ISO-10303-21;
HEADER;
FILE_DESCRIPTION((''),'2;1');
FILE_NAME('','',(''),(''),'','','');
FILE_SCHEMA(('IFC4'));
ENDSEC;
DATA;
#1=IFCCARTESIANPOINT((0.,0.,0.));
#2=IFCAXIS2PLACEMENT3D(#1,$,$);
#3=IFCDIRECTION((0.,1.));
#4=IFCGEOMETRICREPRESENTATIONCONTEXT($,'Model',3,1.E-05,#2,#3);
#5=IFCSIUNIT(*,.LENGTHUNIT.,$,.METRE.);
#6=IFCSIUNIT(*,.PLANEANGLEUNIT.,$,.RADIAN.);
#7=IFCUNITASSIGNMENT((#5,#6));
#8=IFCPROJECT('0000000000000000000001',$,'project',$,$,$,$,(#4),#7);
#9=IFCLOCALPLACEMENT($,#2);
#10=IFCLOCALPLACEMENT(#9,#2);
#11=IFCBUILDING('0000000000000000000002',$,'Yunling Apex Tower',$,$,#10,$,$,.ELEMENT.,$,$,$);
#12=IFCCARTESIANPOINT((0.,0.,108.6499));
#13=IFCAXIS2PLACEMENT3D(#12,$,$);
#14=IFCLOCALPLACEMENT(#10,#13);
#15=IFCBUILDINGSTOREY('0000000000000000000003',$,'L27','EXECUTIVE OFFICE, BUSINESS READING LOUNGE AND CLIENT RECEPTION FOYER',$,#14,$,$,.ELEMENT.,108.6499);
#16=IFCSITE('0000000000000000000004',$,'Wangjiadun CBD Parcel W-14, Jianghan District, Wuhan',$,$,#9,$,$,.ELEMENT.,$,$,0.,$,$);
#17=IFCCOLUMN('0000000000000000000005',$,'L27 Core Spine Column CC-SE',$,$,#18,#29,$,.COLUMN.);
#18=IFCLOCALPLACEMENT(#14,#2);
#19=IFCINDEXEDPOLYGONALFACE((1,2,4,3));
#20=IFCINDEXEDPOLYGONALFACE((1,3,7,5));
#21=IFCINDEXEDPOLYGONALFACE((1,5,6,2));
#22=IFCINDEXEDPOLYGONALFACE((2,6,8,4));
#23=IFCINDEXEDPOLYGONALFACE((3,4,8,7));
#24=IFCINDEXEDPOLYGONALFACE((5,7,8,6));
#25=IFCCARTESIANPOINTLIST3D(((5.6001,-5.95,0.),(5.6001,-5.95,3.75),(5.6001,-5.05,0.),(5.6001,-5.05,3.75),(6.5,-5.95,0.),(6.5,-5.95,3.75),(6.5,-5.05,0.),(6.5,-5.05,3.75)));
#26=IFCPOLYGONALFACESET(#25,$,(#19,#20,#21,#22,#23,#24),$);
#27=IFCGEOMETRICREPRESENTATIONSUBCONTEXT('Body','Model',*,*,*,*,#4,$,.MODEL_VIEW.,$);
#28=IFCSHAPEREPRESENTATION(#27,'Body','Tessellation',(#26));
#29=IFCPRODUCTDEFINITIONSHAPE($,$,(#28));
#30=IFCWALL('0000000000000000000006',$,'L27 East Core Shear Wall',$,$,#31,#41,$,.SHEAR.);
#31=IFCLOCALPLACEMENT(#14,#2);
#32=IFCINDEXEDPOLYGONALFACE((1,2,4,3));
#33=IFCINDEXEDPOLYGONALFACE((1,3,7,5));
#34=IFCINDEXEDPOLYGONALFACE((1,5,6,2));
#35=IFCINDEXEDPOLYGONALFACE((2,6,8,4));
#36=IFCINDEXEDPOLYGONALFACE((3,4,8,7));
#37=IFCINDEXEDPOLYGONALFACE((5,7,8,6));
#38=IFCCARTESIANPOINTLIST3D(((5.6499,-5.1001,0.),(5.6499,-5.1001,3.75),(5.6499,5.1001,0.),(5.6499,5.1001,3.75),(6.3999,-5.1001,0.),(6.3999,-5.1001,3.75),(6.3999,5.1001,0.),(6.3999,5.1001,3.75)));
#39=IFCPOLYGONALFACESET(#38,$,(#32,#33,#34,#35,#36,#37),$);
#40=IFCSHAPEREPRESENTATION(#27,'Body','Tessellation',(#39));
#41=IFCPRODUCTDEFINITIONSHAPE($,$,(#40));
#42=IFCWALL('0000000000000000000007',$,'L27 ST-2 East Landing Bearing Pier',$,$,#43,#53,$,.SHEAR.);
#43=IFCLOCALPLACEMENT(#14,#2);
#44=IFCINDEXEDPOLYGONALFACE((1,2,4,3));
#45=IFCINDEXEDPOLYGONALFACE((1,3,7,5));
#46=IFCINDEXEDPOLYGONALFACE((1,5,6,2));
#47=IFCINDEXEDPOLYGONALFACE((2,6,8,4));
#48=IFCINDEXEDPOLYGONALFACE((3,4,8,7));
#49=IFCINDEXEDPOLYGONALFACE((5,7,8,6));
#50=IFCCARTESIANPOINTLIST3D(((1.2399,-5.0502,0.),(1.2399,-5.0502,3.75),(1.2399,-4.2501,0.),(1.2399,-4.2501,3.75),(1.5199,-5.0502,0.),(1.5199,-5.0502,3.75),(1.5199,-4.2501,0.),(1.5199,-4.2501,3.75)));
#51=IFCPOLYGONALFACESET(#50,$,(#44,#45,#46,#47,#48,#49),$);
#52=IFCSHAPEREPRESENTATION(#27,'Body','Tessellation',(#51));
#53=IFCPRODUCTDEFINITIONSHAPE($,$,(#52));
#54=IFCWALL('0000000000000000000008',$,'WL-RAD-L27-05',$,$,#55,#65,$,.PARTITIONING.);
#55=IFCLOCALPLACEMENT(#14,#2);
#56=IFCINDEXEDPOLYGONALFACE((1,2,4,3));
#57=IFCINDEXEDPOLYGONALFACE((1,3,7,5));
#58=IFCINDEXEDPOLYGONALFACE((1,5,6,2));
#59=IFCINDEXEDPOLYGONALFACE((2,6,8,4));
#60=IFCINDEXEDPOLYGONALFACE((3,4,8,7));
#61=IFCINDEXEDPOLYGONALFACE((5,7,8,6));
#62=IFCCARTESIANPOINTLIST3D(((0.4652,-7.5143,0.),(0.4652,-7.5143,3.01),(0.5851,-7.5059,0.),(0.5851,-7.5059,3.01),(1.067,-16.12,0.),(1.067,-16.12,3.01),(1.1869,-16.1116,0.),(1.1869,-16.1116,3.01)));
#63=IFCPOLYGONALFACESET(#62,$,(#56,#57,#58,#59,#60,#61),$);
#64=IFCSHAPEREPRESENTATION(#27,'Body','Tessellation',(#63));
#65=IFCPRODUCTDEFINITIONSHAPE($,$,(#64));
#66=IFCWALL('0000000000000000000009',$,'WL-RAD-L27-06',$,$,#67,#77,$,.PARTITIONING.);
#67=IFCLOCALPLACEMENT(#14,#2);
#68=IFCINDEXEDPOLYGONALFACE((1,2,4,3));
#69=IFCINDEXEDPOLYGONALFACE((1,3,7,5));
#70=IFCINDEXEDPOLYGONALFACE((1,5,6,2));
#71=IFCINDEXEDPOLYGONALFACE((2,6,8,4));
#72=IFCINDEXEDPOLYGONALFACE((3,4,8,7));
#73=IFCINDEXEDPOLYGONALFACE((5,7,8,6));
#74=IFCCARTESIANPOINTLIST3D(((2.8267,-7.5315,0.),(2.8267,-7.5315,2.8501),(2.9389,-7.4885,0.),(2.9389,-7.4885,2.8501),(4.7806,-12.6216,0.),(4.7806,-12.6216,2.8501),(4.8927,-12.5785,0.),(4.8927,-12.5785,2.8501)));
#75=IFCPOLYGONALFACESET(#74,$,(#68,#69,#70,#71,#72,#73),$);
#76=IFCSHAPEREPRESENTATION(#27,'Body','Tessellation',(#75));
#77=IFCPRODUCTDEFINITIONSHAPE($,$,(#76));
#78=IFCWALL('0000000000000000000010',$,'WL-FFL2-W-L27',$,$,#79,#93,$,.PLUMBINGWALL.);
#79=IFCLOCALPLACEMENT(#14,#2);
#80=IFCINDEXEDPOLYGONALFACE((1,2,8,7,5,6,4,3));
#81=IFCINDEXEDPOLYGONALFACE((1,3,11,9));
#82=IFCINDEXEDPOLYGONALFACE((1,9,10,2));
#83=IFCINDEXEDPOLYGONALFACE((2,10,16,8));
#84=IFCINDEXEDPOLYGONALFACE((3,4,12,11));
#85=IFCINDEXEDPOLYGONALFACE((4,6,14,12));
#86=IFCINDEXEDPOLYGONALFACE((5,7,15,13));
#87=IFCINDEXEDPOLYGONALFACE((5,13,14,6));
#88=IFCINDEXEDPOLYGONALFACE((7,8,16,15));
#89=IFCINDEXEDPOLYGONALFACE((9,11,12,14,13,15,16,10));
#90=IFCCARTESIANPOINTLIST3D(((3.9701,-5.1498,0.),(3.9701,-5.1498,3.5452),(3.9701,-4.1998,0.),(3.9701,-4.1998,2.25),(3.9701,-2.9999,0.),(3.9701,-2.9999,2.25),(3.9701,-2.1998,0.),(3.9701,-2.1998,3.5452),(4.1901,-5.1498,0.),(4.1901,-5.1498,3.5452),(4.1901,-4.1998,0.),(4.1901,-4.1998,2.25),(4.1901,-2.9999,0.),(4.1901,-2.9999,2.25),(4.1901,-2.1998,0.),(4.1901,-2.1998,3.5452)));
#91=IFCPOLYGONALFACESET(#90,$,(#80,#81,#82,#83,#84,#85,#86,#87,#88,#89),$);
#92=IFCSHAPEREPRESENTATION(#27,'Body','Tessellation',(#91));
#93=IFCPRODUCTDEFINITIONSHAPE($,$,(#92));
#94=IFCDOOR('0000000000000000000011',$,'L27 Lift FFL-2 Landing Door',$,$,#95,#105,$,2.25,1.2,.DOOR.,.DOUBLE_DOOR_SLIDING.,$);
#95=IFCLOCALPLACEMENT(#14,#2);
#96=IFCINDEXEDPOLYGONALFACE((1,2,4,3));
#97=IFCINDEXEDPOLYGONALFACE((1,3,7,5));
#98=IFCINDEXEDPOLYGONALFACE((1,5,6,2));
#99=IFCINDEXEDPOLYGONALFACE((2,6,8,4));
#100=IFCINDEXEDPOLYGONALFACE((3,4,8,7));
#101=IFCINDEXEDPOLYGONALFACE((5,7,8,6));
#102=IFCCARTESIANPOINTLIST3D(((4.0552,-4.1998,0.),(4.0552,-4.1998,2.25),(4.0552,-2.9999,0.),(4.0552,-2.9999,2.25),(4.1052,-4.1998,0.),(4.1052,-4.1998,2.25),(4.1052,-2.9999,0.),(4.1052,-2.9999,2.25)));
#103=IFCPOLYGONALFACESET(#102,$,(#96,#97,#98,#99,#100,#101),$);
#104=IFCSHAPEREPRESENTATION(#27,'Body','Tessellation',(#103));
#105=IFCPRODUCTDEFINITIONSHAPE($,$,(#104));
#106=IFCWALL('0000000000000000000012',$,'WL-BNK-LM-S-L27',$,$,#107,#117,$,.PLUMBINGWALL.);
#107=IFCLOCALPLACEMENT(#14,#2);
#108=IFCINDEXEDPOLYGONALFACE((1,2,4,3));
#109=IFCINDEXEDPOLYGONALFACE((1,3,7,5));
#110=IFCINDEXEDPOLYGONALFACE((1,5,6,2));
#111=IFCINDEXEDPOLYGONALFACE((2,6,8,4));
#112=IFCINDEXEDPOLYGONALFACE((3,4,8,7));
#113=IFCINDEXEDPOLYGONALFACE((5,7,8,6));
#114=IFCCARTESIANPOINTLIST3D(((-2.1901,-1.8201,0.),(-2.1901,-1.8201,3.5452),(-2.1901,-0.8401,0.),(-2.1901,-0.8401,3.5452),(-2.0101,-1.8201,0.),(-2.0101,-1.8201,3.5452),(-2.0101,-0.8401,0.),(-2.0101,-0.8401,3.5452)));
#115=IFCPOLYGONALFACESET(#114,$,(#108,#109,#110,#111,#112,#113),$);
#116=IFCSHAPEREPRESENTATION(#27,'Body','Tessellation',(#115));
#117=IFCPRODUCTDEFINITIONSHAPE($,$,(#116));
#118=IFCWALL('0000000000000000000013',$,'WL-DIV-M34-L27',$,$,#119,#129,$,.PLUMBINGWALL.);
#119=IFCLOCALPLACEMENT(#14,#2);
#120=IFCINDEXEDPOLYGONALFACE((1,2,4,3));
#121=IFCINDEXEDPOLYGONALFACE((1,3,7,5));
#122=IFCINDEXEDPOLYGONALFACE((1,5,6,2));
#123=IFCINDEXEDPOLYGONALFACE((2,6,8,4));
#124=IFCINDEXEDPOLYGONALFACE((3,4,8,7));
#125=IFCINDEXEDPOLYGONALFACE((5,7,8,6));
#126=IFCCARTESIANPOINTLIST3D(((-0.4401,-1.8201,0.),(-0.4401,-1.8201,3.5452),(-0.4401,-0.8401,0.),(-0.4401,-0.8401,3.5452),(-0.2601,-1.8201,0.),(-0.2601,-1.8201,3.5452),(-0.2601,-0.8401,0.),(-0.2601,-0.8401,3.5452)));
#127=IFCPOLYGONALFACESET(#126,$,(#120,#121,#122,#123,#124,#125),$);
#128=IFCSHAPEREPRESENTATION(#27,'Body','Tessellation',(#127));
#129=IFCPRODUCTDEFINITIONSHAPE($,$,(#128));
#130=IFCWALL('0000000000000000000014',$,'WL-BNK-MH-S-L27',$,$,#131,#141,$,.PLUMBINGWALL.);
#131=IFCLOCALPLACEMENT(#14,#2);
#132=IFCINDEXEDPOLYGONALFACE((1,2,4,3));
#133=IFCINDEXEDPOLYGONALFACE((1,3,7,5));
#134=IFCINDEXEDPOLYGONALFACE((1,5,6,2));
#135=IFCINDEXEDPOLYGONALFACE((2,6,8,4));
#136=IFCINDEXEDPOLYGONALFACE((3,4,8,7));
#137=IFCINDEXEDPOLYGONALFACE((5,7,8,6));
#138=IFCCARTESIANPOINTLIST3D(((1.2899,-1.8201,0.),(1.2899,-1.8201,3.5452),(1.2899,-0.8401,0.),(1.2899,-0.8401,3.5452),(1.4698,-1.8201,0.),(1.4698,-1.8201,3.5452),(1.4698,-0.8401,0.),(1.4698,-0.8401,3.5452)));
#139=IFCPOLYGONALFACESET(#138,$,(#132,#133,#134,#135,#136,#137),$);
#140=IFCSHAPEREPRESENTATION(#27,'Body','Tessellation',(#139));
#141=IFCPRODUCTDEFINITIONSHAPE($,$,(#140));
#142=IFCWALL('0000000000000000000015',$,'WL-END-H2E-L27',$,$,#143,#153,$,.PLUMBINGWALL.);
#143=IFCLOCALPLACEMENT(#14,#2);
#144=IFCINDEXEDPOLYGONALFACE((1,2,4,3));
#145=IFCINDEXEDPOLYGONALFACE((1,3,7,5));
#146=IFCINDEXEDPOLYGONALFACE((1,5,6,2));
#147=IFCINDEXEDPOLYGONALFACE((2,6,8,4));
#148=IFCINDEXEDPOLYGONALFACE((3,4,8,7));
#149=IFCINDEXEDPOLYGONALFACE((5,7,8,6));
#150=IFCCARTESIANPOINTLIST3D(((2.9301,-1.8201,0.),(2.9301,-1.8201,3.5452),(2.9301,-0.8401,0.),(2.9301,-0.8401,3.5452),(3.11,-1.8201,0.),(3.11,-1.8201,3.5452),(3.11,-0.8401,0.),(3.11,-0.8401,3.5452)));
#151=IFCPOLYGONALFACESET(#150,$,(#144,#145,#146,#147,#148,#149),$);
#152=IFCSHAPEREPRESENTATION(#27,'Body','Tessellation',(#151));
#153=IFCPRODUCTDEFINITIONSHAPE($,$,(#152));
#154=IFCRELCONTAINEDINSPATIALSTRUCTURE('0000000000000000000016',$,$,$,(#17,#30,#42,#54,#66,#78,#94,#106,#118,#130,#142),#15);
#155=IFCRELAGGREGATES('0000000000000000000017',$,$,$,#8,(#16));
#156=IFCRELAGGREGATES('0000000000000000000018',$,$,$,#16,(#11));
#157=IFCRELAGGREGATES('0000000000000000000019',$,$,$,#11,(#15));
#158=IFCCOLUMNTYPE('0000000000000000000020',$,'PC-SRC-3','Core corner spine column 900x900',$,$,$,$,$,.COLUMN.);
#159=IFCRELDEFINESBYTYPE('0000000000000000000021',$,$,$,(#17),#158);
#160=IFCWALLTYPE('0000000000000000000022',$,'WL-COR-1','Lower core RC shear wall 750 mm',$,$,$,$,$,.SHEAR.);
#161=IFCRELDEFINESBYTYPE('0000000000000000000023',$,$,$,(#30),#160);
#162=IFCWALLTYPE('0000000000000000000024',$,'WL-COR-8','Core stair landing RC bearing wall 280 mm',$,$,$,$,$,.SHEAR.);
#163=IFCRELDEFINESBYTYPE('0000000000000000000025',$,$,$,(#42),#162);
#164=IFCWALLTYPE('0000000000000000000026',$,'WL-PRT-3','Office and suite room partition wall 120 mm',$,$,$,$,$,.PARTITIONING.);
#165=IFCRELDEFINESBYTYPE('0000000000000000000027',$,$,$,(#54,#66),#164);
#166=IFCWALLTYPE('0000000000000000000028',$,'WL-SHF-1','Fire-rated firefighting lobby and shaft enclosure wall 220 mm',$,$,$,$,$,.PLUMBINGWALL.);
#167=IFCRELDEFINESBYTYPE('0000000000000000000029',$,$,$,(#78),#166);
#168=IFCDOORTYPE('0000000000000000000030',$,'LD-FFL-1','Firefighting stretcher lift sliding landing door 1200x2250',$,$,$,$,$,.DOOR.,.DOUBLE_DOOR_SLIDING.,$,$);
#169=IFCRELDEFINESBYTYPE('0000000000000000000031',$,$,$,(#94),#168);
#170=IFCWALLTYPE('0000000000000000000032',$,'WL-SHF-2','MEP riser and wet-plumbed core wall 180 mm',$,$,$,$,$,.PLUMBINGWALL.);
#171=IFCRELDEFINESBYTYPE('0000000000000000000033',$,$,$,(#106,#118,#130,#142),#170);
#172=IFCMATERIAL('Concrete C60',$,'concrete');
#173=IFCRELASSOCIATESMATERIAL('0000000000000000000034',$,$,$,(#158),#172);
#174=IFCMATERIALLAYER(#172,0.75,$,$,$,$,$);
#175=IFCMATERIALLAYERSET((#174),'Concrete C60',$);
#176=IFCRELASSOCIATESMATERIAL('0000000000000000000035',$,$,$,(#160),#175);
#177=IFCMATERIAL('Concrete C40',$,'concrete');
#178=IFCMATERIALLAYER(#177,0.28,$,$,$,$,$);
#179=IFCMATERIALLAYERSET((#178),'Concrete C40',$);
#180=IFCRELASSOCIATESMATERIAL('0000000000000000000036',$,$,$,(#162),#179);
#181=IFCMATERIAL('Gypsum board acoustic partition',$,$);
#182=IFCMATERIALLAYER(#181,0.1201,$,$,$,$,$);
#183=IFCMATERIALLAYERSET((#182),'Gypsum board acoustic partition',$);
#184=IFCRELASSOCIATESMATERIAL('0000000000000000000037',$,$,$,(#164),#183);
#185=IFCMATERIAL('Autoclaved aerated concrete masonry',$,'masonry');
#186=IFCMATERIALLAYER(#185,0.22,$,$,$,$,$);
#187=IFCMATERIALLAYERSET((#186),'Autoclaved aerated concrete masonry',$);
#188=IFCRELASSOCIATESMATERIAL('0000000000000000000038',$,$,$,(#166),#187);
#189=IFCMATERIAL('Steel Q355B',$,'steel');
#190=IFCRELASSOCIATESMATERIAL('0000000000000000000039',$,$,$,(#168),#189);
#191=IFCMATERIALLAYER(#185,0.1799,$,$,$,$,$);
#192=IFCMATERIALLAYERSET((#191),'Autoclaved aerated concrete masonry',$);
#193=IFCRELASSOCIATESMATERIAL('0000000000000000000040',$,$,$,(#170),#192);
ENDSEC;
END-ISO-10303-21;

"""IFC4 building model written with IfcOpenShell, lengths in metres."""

from ifc_helpers import new_model, si_unit, direction, frame, frame_2d, origin, origin_2d, place, context, subcontext, project, spatial, rectangle, extrude, source, transform, mapped, material, layer, layer_set, material_profile, profile_set, type_object, element, fill, save


model = new_model("IFC4")

# Units and contexts
model_context = context("Model", 3, precision=1e-05, world=origin(), true_north=direction((0.0, 1.0)))
body_context = subcontext(model_context, "Body", "Model", "MODEL_VIEW")
ifc_project = project(units=[si_unit("LENGTHUNIT", "METRE"), si_unit("PLANEANGLEUNIT", "RADIAN")], contexts=[model_context])

# Site, building, storey
site_placement = place(None, origin())
site = spatial("IfcSite", under=ifc_project, at=site_placement, Name="Wangjiadun CBD Parcel W-14, Jianghan District, Wuhan", CompositionType="ELEMENT", RefElevation=0.0)
building_placement = place(site_placement, origin())
building = spatial("IfcBuilding", under=site, at=building_placement, Name="Yunling Apex Tower", CompositionType="ELEMENT")
storey_placement = place(building_placement, frame((0.0, 0.0, 108.6499)))
storey = spatial("IfcBuildingStorey", under=building, at=storey_placement, Name="L27", Description="EXECUTIVE OFFICE, BUSINESS READING LOUNGE AND CLIENT RECEPTION FOYER", CompositionType="ELEMENT", Elevation=108.6499)

# Column
ifc_material_1 = material(Name="Concrete C60", Category="concrete")
ifc_material_profile = material_profile(ifc_material_1, rectangle(XDim=0.8999, YDim=0.8999, at=origin_2d()))
ifc_profile_set = profile_set([ifc_material_profile], Name="Concrete C60")
column_type = type_object("IfcColumnType", Name="PC-SRC-3", Description="Core corner spine column 900x900", PredefinedType="COLUMN", material=ifc_profile_set)
shared_shape = source(origin(), body_context, "Body", "SweptSolid", [
    extrude(rectangle(XDim=0.8999, YDim=0.8999, at=origin_2d()), origin(), (0.0, 0.0, 1.0), 3.75),
])
column_placement = place(storey_placement, frame((6.05, -5.5, 0.0), z_axis=(0.0, 0.0, 1.0), x_axis=(1.0, 0.0, 0.0)))
element("IfcColumn", 1, at=column_placement, inside=storey, type_object=column_type, Name="L27 Core Spine Column CC-SE", PredefinedType="COLUMN", context=body_context, shape_type="MappedRepresentation", body=[
    mapped(shared_shape, transform((0.0, 0.0, 0.0), scale=1.0)),
])

# Walls
ifc_layer_1 = layer(ifc_material_1, 0.75)
ifc_layer_set_1 = layer_set([ifc_layer_1], Name="Concrete C60")
wall_type_1 = type_object("IfcWallType", Name="WL-COR-1", Description="Lower core RC shear wall 750 mm", PredefinedType="SHEAR", material=ifc_layer_set_1)
wall_1_placement = place(storey_placement, frame((6.0249, -5.1001, 0.0), z_axis=(0.0, 0.0, 1.0), x_axis=(0.0, 1.0, 0.0)))
element("IfcWall", 2, at=wall_1_placement, inside=storey, type_object=wall_type_1, Name="L27 East Core Shear Wall", PredefinedType="SHEAR", context=body_context, shape_type="SweptSolid", body=[
    extrude(rectangle(XDim=10.2002, YDim=0.75, at=frame_2d((5.1001, 0.0))), origin(), (0.0, 0.0, 1.0), 3.75),
])
ifc_material_2 = material(Name="Concrete C40", Category="concrete")
ifc_layer_2 = layer(ifc_material_2, 0.28)
ifc_layer_set_2 = layer_set([ifc_layer_2], Name="Concrete C40")
wall_type_2 = type_object("IfcWallType", Name="WL-COR-8", Description="Core stair landing RC bearing wall 280 mm", PredefinedType="SHEAR", material=ifc_layer_set_2)
wall_2_placement = place(storey_placement, frame((1.3799, -5.05, 0.0), z_axis=(0.0, 0.0, 1.0), x_axis=(0.0, 1.0, 0.0)))
element("IfcWall", 3, at=wall_2_placement, inside=storey, type_object=wall_type_2, Name="L27 ST-2 East Landing Bearing Pier", PredefinedType="SHEAR", context=body_context, shape_type="SweptSolid", body=[
    extrude(rectangle(XDim=0.8, YDim=0.28, at=frame_2d((0.3999, 0.0))), origin(), (0.0, 0.0, 1.0), 3.75),
])
ifc_material_3 = material(Name="Gypsum board acoustic partition")
ifc_layer_3 = layer(ifc_material_3, 0.1201)
ifc_layer_set_3 = layer_set([ifc_layer_3], Name="Gypsum board acoustic partition")
wall_type_3 = type_object("IfcWallType", Name="WL-PRT-3", Description="Office and suite room partition wall 120 mm", PredefinedType="PARTITIONING", material=ifc_layer_set_3)
wall_3_placement = place(storey_placement, frame((0.5251, -7.51, 0.0), z_axis=(0.0, 0.0, 1.0), x_axis=(0.069761, -0.997564, 0.0)))
element("IfcWall", 4, at=wall_3_placement, inside=storey, type_object=wall_type_3, Name="WL-RAD-L27-05", PredefinedType="PARTITIONING", context=body_context, shape_type="SweptSolid", body=[
    extrude(rectangle(XDim=8.6267, YDim=0.1201, at=frame_2d((4.3135, 0.0))), origin(), (0.0, 0.0, 1.0), 3.01),
])
wall_4_placement = place(storey_placement, frame((2.8828, -7.51, 0.0), z_axis=(0.0, 0.0, 1.0), x_axis=(0.358361, -0.933583, 0.0)))
element("IfcWall", 5, at=wall_4_placement, inside=storey, type_object=wall_type_3, Name="WL-RAD-L27-06", PredefinedType="PARTITIONING", context=body_context, shape_type="SweptSolid", body=[
    extrude(rectangle(XDim=5.4521, YDim=0.1201, at=frame_2d((2.7261, 0.0))), origin(), (0.0, 0.0, 1.0), 2.8501),
])

# Wall, opening, door
ifc_material_4 = material(Name="Autoclaved aerated concrete masonry", Category="masonry")
ifc_layer_4 = layer(ifc_material_4, 0.22)
ifc_layer_set_4 = layer_set([ifc_layer_4], Name="Autoclaved aerated concrete masonry")
wall_type_4 = type_object("IfcWallType", Name="WL-SHF-1", Description="Fire-rated firefighting lobby and shaft enclosure wall 220 mm", PredefinedType="PLUMBINGWALL", material=ifc_layer_set_4)
ifc_material_5 = material(Name="Steel Q355B", Category="steel")
wall_5_placement = place(storey_placement, frame((4.0801, -5.1499, 0.0), z_axis=(0.0, 0.0, 1.0), x_axis=(0.0, 1.0, 0.0)))
wall_5 = element("IfcWall", 6, at=wall_5_placement, inside=storey, type_object=wall_type_4, Name="WL-FFL2-W-L27", PredefinedType="PLUMBINGWALL", context=body_context, shape_type="SweptSolid", body=[
    extrude(rectangle(XDim=2.95, YDim=0.22, at=frame_2d((1.4751, 0.0))), origin(), (0.0, 0.0, 1.0), 3.5452),
])
opening_1_placement = place(wall_5_placement, frame((0.95, 0.0, 0.0)))
opening_1 = element("IfcOpeningElement", 7, at=opening_1_placement, cuts=wall_5, PredefinedType="OPENING", context=body_context, shape_type="SweptSolid", body=[
    extrude(rectangle(XDim=1.2, YDim=2.25, at=frame_2d((0.6001, 1.125))), frame((0.0, 0.1201, 0.0), z_axis=(0.0, -1.0, 0.0), x_axis=(1.0, 0.0, 0.0)), (0.0, 0.0, 1.0), 0.24),
])
door_type_1 = type_object("IfcDoorType", Name="LD-FFL-1", Description="Firefighting stretcher lift sliding landing door 1200x2250", OperationType="DOUBLE_DOOR_SLIDING", PredefinedType="DOOR", material=ifc_material_5)
door_1_placement = place(opening_1_placement, origin())
door_1 = element("IfcDoor", 8, at=door_1_placement, inside=storey, type_object=door_type_1, Name="L27 Lift FFL-2 Landing Door", OperationType="DOUBLE_DOOR_SLIDING", OverallHeight=2.25, OverallWidth=1.2, PredefinedType="DOOR", context=body_context, shape_type="SweptSolid", body=[
    extrude(rectangle(XDim=1.2, YDim=2.25, at=frame_2d((0.6001, 1.125))), frame((0.0, 0.0249, 0.0), z_axis=(0.0, -1.0, 0.0), x_axis=(1.0, 0.0, 0.0)), (0.0, 0.0, 1.0), 0.05),
])
fill(opening_1, door_1)

# Walls
ifc_layer_5 = layer(ifc_material_4, 0.1799)
ifc_layer_set_5 = layer_set([ifc_layer_5], Name="Autoclaved aerated concrete masonry")
wall_type_5 = type_object("IfcWallType", Name="WL-SHF-2", Description="MEP riser and wet-plumbed core wall 180 mm", PredefinedType="PLUMBINGWALL", material=ifc_layer_set_5)
for number, where, z_axis, x_axis, name in (
    (9, (-2.1001, -1.8201, 0.0), (0.0, 0.0, 1.0), (0.0, 1.0, 0.0), "WL-BNK-LM-S-L27"),
    (10, (-0.3501, -1.8201, 0.0), (0.0, 0.0, 1.0), (0.0, 1.0, 0.0), "WL-DIV-M34-L27"),
    (11, (1.3799, -1.8201, 0.0), (0.0, 0.0, 1.0), (0.0, 1.0, 0.0), "WL-BNK-MH-S-L27"),
    (12, (3.02, -1.8201, 0.0), (0.0, 0.0, 1.0), (0.0, 1.0, 0.0), "WL-END-H2E-L27"),
):
    element("IfcWall", number, at=place(storey_placement, frame(where, z_axis=z_axis, x_axis=x_axis)), inside=storey, type_object=wall_type_5, Name=name, PredefinedType="PLUMBINGWALL", context=body_context, shape_type="SweptSolid", body=[
        extrude(rectangle(XDim=0.98, YDim=0.1799, at=frame_2d((0.49, 0.0))), origin(), (0.0, 0.0, 1.0), 3.5452),
    ])

save(model, "model.ifc")
